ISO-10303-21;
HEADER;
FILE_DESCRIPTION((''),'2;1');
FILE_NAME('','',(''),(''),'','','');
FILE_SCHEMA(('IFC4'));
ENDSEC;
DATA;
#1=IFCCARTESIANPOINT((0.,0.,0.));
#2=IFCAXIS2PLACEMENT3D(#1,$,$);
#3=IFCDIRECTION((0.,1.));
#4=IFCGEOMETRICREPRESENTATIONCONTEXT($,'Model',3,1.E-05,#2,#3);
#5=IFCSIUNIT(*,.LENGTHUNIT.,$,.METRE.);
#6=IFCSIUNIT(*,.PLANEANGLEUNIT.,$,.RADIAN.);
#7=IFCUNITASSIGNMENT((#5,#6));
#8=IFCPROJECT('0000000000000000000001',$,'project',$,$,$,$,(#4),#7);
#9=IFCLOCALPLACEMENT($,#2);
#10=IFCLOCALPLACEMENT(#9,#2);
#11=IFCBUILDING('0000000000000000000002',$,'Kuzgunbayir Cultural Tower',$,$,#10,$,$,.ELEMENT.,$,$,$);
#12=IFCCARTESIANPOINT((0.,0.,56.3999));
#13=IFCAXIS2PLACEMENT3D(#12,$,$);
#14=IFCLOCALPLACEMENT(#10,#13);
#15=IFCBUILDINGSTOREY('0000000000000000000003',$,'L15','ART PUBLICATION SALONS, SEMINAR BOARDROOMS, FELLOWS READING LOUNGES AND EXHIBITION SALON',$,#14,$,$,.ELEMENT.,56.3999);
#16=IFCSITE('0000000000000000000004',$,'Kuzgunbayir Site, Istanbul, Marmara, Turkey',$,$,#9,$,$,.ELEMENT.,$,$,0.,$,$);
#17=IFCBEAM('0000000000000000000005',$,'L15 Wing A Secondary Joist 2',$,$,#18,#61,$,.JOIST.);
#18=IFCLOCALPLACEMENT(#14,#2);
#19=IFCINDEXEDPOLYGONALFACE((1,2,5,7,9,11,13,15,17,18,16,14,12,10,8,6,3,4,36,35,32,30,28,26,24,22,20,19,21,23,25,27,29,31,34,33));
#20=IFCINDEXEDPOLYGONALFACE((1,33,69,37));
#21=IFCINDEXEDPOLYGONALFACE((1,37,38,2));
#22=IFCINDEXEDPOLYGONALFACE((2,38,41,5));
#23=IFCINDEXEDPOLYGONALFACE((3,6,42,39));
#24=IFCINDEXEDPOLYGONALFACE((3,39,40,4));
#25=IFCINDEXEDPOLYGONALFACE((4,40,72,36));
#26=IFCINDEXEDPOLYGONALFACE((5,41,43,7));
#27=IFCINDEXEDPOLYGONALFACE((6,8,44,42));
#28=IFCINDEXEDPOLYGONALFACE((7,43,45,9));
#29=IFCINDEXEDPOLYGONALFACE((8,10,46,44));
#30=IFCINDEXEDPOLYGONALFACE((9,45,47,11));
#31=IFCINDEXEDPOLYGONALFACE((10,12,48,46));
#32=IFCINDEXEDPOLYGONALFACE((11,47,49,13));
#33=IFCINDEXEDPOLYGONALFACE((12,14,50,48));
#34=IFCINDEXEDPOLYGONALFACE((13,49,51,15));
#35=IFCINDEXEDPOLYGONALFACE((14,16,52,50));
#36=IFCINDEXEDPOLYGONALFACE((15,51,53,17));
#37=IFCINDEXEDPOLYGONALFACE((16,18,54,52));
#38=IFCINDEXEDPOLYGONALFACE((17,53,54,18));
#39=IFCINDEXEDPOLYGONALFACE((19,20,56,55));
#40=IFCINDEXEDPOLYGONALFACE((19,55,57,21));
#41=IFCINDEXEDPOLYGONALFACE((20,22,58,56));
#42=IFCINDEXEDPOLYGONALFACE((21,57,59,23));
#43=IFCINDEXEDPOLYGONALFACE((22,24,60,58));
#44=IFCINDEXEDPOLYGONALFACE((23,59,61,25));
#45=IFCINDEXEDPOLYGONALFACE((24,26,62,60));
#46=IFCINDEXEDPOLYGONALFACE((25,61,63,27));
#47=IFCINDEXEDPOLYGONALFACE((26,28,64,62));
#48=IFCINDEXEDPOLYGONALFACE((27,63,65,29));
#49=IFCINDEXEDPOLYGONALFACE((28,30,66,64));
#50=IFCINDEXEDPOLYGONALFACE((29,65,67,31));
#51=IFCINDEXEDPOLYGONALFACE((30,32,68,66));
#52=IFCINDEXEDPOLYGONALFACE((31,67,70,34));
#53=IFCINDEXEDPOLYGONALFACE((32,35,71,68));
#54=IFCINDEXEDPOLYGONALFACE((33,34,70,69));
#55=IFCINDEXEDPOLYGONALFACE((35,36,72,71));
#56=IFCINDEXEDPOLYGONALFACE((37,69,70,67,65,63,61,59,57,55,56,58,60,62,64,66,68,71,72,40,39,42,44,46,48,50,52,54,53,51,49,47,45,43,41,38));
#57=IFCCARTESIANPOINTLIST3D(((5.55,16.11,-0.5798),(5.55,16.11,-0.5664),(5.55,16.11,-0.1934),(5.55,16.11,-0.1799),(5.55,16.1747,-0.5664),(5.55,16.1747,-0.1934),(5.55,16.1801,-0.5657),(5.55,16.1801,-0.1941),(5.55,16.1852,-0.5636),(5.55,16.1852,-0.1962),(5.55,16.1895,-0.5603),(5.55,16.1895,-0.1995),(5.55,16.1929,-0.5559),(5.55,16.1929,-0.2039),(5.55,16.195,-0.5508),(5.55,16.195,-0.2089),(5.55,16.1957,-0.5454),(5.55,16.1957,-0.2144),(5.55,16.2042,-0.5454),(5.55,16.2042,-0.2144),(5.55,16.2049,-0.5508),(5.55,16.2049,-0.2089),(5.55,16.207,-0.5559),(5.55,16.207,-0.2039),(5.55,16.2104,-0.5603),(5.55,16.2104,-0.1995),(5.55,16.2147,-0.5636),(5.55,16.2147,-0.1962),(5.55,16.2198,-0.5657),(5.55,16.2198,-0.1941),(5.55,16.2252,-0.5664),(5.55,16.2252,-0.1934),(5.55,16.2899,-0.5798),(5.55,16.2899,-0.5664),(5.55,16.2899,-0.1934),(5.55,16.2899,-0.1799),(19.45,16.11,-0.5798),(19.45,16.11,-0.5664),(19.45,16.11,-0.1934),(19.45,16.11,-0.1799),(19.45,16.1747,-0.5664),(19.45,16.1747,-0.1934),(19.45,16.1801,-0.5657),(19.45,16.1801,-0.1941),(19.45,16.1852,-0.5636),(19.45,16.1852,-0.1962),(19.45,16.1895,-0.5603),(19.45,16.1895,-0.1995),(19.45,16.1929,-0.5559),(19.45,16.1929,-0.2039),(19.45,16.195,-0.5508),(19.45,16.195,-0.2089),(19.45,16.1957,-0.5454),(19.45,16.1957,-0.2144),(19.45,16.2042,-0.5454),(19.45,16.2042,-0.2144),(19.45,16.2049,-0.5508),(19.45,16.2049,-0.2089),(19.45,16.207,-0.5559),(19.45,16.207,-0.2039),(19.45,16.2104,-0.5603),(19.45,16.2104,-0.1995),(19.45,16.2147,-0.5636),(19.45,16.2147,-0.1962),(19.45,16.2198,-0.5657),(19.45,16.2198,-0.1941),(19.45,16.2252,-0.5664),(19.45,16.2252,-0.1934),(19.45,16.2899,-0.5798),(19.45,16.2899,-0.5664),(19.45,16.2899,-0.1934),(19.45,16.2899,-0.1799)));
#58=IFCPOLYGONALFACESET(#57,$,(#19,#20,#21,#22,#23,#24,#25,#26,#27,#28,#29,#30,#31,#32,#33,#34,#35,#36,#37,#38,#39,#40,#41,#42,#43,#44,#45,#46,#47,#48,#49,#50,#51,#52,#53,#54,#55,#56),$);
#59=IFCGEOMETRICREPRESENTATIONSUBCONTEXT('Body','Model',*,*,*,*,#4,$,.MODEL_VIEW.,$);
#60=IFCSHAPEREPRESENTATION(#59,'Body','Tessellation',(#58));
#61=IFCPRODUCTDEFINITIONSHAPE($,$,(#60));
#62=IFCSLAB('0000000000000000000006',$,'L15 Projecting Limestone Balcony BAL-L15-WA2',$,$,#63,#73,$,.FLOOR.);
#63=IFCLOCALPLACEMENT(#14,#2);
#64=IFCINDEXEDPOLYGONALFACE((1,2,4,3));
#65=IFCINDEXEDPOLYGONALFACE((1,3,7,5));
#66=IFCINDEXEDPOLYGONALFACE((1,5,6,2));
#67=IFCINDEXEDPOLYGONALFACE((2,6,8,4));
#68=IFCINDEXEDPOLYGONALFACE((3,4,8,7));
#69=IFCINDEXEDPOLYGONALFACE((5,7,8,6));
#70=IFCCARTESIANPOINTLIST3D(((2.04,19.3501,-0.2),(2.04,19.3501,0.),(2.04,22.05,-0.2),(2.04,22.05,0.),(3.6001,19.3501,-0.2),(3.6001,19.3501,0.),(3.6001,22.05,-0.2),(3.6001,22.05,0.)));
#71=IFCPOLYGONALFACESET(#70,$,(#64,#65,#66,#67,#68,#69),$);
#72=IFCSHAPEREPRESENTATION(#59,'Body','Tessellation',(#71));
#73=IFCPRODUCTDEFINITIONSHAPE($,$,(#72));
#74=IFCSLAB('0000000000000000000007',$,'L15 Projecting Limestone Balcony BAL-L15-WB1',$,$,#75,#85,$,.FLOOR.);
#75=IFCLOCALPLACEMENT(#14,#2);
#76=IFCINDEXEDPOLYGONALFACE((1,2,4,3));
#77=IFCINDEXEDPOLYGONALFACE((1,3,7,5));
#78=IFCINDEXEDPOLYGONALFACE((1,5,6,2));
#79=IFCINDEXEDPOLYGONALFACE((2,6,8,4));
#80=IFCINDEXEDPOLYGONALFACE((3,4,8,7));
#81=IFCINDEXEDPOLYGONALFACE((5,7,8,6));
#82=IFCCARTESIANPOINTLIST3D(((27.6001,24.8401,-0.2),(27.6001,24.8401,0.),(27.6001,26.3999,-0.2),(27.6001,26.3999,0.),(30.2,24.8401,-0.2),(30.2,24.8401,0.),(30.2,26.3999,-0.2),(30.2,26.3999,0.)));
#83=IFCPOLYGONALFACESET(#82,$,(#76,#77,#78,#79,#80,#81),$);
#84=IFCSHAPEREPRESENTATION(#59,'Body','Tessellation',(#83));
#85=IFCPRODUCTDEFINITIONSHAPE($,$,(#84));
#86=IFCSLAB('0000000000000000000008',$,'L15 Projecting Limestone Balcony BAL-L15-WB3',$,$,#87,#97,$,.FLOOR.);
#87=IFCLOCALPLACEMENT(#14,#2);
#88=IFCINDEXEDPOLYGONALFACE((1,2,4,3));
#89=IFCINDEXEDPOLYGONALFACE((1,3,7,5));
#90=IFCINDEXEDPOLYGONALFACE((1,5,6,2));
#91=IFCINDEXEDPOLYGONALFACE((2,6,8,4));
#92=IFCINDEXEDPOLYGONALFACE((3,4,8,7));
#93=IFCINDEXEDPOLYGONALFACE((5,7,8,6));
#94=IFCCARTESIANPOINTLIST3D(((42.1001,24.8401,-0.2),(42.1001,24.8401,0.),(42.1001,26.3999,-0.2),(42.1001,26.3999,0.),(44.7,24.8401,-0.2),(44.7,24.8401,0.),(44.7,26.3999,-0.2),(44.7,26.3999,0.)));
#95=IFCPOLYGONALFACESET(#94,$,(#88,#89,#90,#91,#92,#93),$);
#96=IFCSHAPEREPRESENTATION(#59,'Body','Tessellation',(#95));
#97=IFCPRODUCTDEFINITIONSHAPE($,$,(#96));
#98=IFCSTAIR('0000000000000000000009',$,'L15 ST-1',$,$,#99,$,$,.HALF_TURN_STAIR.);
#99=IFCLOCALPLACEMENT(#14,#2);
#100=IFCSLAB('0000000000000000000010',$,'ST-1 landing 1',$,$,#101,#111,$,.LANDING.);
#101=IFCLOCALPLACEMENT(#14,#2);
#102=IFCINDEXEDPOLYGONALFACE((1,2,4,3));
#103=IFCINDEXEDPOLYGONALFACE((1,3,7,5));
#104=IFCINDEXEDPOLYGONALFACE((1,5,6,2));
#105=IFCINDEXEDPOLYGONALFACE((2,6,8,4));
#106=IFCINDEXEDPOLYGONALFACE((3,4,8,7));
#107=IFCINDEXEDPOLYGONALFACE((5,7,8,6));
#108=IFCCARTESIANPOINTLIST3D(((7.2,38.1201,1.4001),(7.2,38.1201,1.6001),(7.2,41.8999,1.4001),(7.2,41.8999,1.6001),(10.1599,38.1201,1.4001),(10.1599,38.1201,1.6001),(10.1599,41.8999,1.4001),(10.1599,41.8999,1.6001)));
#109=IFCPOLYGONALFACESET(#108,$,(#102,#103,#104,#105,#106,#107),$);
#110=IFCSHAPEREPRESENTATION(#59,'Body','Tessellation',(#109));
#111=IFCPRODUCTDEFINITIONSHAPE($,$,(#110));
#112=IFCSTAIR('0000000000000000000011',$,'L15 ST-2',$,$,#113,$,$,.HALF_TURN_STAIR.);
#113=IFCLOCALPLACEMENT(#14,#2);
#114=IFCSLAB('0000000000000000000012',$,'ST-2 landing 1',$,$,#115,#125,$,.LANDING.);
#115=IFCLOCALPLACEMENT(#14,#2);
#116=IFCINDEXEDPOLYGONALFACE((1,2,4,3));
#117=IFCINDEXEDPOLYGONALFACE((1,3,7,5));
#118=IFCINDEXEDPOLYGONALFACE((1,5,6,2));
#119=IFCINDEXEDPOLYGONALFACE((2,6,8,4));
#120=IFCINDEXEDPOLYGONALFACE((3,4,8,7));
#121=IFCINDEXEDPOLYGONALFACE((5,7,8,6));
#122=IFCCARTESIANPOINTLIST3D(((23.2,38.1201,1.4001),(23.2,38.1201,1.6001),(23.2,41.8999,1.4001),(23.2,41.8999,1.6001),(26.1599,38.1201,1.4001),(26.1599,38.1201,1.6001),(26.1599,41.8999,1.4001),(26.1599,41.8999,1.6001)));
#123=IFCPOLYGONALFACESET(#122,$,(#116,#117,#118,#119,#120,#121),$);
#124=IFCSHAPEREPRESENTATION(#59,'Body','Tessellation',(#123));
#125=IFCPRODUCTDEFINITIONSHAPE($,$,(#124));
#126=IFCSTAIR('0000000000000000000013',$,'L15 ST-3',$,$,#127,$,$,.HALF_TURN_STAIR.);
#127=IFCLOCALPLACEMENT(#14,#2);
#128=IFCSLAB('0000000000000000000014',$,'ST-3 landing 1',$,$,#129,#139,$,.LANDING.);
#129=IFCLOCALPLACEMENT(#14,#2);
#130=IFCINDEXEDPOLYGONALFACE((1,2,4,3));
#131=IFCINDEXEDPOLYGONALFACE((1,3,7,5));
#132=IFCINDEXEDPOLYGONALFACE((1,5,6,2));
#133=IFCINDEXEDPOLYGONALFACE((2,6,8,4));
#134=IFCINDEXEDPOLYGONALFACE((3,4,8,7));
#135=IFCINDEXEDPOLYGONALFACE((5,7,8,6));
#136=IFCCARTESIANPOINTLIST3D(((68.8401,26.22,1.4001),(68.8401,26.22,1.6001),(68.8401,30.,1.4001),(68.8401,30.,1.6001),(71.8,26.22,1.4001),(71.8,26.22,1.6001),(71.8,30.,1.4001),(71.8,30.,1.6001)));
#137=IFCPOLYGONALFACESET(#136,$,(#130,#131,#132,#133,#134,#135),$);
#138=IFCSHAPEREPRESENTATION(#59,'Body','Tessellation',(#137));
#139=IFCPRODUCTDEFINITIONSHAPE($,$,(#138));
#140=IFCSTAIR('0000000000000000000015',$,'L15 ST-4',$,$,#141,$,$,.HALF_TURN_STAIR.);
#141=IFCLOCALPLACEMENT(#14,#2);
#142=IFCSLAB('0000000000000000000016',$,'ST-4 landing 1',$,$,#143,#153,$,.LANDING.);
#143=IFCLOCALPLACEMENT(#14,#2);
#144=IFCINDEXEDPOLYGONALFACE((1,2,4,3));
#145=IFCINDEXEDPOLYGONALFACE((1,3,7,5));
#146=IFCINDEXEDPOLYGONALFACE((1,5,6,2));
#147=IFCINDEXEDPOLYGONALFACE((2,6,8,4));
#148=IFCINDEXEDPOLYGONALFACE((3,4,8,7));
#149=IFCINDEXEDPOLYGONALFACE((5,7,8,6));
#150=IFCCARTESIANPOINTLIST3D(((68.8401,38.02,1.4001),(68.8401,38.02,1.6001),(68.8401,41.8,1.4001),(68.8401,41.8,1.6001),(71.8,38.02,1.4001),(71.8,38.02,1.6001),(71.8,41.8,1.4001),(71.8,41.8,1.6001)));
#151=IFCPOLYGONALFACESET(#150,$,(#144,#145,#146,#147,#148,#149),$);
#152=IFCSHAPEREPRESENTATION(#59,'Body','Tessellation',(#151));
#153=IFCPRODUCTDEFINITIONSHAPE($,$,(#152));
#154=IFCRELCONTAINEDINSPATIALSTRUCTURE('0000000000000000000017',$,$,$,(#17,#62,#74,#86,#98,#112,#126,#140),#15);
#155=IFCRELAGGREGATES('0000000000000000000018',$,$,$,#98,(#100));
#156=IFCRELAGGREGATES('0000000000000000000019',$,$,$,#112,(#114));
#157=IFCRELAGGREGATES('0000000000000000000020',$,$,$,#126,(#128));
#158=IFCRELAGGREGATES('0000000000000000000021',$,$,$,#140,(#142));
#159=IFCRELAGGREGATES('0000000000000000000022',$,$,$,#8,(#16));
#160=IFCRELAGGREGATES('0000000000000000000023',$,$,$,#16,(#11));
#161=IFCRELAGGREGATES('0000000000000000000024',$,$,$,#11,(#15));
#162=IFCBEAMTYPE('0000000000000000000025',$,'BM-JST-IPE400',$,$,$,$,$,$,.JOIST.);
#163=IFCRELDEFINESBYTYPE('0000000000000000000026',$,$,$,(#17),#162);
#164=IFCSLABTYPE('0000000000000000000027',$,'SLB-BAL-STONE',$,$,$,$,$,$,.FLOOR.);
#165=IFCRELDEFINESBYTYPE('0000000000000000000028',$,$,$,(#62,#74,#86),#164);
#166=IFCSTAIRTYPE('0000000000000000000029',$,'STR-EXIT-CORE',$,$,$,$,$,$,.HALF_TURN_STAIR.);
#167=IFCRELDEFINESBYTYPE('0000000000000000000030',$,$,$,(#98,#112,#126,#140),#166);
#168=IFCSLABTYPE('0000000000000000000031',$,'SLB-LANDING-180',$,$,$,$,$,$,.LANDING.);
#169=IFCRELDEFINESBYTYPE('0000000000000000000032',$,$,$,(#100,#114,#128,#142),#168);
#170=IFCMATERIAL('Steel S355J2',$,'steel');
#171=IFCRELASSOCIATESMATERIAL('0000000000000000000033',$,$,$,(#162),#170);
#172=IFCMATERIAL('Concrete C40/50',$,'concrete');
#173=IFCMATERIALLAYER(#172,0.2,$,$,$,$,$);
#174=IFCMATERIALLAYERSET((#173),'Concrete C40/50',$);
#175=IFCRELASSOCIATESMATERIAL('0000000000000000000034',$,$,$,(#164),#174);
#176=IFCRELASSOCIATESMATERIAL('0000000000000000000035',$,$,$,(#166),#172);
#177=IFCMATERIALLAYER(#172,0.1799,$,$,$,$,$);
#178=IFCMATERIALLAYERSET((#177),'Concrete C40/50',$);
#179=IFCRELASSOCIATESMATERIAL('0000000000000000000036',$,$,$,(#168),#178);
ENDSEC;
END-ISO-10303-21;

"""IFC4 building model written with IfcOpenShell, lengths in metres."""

from ifc_helpers import new_model, si_unit, direction, frame, origin, origin_2d, place, context, subcontext, project, spatial, polyline, i_section, outline, extrude, material, layer, layer_set, material_profile, profile_set, type_object, element, aggregate, save


model = new_model("IFC4")

# Units and contexts
model_context = context("Model", 3, precision=1e-05, world=origin(), true_north=direction((0.0, 1.0)))
body_context = subcontext(model_context, "Body", "Model", "MODEL_VIEW")
ifc_project = project(units=[si_unit("LENGTHUNIT", "METRE"), si_unit("PLANEANGLEUNIT", "RADIAN")], contexts=[model_context])

# Site, building, storey
site_placement = place(None, origin())
site = spatial("IfcSite", under=ifc_project, at=site_placement, Name="Kuzgunbayir Site, Istanbul, Marmara, Turkey", CompositionType="ELEMENT", RefElevation=0.0)
building_placement = place(site_placement, origin())
building = spatial("IfcBuilding", under=site, at=building_placement, Name="Kuzgunbayir Cultural Tower", CompositionType="ELEMENT")
storey_placement = place(building_placement, frame((0.0, 0.0, 56.3999)))
storey = spatial("IfcBuildingStorey", under=building, at=storey_placement, Name="L15", Description="ART PUBLICATION SALONS, SEMINAR BOARDROOMS, FELLOWS READING LOUNGES AND EXHIBITION SALON", CompositionType="ELEMENT", Elevation=56.3999)

# Beam
ifc_material_1 = material(Name="Steel S355J2", Category="steel")
ifc_material_profile_1 = material_profile(ifc_material_1, i_section(OverallWidth=0.1799, OverallDepth=0.3999, WebThickness=0.0085, FlangeThickness=0.0134, FilletRadius=0.021, at=origin_2d()), Name="IPE 400")
ifc_profile_set_1 = profile_set([ifc_material_profile_1], Name="Steel S355J2")
beam_type_1 = type_object("IfcBeamType", Name="BM-JST-IPE400", PredefinedType="JOIST", material=ifc_profile_set_1)
for number, where, z_axis, x_axis, name in (
    (1, (5.55, 16.2, -0.3799), (1.0, 0.0, 0.0), (0.0, 1.0, 0.0), "L15 Wing A Secondary Joist 2"),
):
    element("IfcBeam", number, at=place(storey_placement, frame(where, z_axis=z_axis, x_axis=x_axis)), inside=storey, type_object=beam_type_1, Name=name, PredefinedType="JOIST", context=body_context, shape_type="SweptSolid", body=[
        extrude(i_section(OverallWidth=0.1799, OverallDepth=0.3999, WebThickness=0.0085, FlangeThickness=0.0134, FilletRadius=0.021, at=origin_2d()), origin(), (0.0, 0.0, 1.0), 13.8999),
    ])

# Slabs
ifc_material_2 = material(Name="Concrete C40/50", Category="concrete")
ifc_layer_1 = layer(ifc_material_2, 0.2)
ifc_layer_set_1 = layer_set([ifc_layer_1], Name="Concrete C40/50")
slab_type_1 = type_object("IfcSlabType", Name="SLB-BAL-STONE", PredefinedType="FLOOR", material=ifc_layer_set_1)
slab_1_placement = place(storey_placement, frame((0.0, 0.0, -0.2)))
element("IfcSlab", 2, at=slab_1_placement, inside=storey, type_object=slab_type_1, Name="L15 Projecting Limestone Balcony BAL-L15-WA2", PredefinedType="FLOOR", context=body_context, shape_type="SweptSolid", body=[
    extrude(outline(polyline([(2.04, 19.3501), (3.6001, 19.3501), (3.6001, 22.05), (2.04, 22.05), (2.04, 19.3501)])), origin(), (0.0, 0.0, 1.0), 0.2),
])
slab_2_placement = place(storey_placement, frame((0.0, 0.0, -0.2)))
element("IfcSlab", 3, at=slab_2_placement, inside=storey, type_object=slab_type_1, Name="L15 Projecting Limestone Balcony BAL-L15-WB1", PredefinedType="FLOOR", context=body_context, shape_type="SweptSolid", body=[
    extrude(outline(polyline([(27.6001, 24.8401), (30.2, 24.8401), (30.2, 26.3999), (27.6001, 26.3999), (27.6001, 24.8401)])), origin(), (0.0, 0.0, 1.0), 0.2),
])
slab_3_placement = place(storey_placement, frame((0.0, 0.0, -0.2)))
element("IfcSlab", 4, at=slab_3_placement, inside=storey, type_object=slab_type_1, Name="L15 Projecting Limestone Balcony BAL-L15-WB3", PredefinedType="FLOOR", context=body_context, shape_type="SweptSolid", body=[
    extrude(outline(polyline([(42.1001, 24.8401), (44.7, 24.8401), (44.7, 26.3999), (42.1001, 26.3999), (42.1001, 24.8401)])), origin(), (0.0, 0.0, 1.0), 0.2),
])

# Stairs, slabs
stair_type = type_object("IfcStairType", Name="STR-EXIT-CORE", PredefinedType="HALF_TURN_STAIR", material=ifc_material_2)
stair_1_placement = place(storey_placement, origin())
stair_1 = element("IfcStair", 5, at=stair_1_placement, inside=storey, type_object=stair_type, Name="L15 ST-1", PredefinedType="HALF_TURN_STAIR")
ifc_layer_2 = layer(ifc_material_2, 0.1799)
ifc_layer_set_2 = layer_set([ifc_layer_2], Name="Concrete C40/50")
slab_type_2 = type_object("IfcSlabType", Name="SLB-LANDING-180", PredefinedType="LANDING", material=ifc_layer_set_2)
slab_4_placement = place(storey_placement, frame((0.0, 0.0, 1.4001)))
slab_4 = element("IfcSlab", 6, at=slab_4_placement, type_object=slab_type_2, Name="ST-1 landing 1", PredefinedType="LANDING", context=body_context, shape_type="SweptSolid", body=[
    extrude(outline(polyline([(10.1599, 38.1201), (10.1599, 41.8999), (7.2, 41.8999), (7.2, 38.1201), (10.1599, 38.1201)])), origin(), (0.0, 0.0, 1.0), 0.2),
])
aggregate(stair_1, [slab_4])
stair_2_placement = place(storey_placement, origin())
stair_2 = element("IfcStair", 7, at=stair_2_placement, inside=storey, type_object=stair_type, Name="L15 ST-2", PredefinedType="HALF_TURN_STAIR")
slab_5_placement = place(storey_placement, frame((0.0, 0.0, 1.4001)))
slab_5 = element("IfcSlab", 8, at=slab_5_placement, type_object=slab_type_2, Name="ST-2 landing 1", PredefinedType="LANDING", context=body_context, shape_type="SweptSolid", body=[
    extrude(outline(polyline([(26.1599, 38.1201), (26.1599, 41.8999), (23.2, 41.8999), (23.2, 38.1201), (26.1599, 38.1201)])), origin(), (0.0, 0.0, 1.0), 0.2),
])
aggregate(stair_2, [slab_5])
stair_3_placement = place(storey_placement, origin())
stair_3 = element("IfcStair", 9, at=stair_3_placement, inside=storey, type_object=stair_type, Name="L15 ST-3", PredefinedType="HALF_TURN_STAIR")
slab_6_placement = place(storey_placement, frame((0.0, 0.0, 1.4001)))
slab_6 = element("IfcSlab", 10, at=slab_6_placement, type_object=slab_type_2, Name="ST-3 landing 1", PredefinedType="LANDING", context=body_context, shape_type="SweptSolid", body=[
    extrude(outline(polyline([(71.8, 26.22), (71.8, 30.0), (68.8401, 30.0), (68.8401, 26.22), (71.8, 26.22)])), origin(), (0.0, 0.0, 1.0), 0.2),
])
aggregate(stair_3, [slab_6])
stair_4_placement = place(storey_placement, origin())
stair_4 = element("IfcStair", 11, at=stair_4_placement, inside=storey, type_object=stair_type, Name="L15 ST-4", PredefinedType="HALF_TURN_STAIR")
slab_7_placement = place(storey_placement, frame((0.0, 0.0, 1.4001)))
slab_7 = element("IfcSlab", 12, at=slab_7_placement, type_object=slab_type_2, Name="ST-4 landing 1", PredefinedType="LANDING", context=body_context, shape_type="SweptSolid", body=[
    extrude(outline(polyline([(71.8, 38.02), (71.8, 41.8), (68.8401, 41.8), (68.8401, 38.02), (71.8, 38.02)])), origin(), (0.0, 0.0, 1.0), 0.2),
])
aggregate(stair_4, [slab_7])

save(model, "model.ifc")
